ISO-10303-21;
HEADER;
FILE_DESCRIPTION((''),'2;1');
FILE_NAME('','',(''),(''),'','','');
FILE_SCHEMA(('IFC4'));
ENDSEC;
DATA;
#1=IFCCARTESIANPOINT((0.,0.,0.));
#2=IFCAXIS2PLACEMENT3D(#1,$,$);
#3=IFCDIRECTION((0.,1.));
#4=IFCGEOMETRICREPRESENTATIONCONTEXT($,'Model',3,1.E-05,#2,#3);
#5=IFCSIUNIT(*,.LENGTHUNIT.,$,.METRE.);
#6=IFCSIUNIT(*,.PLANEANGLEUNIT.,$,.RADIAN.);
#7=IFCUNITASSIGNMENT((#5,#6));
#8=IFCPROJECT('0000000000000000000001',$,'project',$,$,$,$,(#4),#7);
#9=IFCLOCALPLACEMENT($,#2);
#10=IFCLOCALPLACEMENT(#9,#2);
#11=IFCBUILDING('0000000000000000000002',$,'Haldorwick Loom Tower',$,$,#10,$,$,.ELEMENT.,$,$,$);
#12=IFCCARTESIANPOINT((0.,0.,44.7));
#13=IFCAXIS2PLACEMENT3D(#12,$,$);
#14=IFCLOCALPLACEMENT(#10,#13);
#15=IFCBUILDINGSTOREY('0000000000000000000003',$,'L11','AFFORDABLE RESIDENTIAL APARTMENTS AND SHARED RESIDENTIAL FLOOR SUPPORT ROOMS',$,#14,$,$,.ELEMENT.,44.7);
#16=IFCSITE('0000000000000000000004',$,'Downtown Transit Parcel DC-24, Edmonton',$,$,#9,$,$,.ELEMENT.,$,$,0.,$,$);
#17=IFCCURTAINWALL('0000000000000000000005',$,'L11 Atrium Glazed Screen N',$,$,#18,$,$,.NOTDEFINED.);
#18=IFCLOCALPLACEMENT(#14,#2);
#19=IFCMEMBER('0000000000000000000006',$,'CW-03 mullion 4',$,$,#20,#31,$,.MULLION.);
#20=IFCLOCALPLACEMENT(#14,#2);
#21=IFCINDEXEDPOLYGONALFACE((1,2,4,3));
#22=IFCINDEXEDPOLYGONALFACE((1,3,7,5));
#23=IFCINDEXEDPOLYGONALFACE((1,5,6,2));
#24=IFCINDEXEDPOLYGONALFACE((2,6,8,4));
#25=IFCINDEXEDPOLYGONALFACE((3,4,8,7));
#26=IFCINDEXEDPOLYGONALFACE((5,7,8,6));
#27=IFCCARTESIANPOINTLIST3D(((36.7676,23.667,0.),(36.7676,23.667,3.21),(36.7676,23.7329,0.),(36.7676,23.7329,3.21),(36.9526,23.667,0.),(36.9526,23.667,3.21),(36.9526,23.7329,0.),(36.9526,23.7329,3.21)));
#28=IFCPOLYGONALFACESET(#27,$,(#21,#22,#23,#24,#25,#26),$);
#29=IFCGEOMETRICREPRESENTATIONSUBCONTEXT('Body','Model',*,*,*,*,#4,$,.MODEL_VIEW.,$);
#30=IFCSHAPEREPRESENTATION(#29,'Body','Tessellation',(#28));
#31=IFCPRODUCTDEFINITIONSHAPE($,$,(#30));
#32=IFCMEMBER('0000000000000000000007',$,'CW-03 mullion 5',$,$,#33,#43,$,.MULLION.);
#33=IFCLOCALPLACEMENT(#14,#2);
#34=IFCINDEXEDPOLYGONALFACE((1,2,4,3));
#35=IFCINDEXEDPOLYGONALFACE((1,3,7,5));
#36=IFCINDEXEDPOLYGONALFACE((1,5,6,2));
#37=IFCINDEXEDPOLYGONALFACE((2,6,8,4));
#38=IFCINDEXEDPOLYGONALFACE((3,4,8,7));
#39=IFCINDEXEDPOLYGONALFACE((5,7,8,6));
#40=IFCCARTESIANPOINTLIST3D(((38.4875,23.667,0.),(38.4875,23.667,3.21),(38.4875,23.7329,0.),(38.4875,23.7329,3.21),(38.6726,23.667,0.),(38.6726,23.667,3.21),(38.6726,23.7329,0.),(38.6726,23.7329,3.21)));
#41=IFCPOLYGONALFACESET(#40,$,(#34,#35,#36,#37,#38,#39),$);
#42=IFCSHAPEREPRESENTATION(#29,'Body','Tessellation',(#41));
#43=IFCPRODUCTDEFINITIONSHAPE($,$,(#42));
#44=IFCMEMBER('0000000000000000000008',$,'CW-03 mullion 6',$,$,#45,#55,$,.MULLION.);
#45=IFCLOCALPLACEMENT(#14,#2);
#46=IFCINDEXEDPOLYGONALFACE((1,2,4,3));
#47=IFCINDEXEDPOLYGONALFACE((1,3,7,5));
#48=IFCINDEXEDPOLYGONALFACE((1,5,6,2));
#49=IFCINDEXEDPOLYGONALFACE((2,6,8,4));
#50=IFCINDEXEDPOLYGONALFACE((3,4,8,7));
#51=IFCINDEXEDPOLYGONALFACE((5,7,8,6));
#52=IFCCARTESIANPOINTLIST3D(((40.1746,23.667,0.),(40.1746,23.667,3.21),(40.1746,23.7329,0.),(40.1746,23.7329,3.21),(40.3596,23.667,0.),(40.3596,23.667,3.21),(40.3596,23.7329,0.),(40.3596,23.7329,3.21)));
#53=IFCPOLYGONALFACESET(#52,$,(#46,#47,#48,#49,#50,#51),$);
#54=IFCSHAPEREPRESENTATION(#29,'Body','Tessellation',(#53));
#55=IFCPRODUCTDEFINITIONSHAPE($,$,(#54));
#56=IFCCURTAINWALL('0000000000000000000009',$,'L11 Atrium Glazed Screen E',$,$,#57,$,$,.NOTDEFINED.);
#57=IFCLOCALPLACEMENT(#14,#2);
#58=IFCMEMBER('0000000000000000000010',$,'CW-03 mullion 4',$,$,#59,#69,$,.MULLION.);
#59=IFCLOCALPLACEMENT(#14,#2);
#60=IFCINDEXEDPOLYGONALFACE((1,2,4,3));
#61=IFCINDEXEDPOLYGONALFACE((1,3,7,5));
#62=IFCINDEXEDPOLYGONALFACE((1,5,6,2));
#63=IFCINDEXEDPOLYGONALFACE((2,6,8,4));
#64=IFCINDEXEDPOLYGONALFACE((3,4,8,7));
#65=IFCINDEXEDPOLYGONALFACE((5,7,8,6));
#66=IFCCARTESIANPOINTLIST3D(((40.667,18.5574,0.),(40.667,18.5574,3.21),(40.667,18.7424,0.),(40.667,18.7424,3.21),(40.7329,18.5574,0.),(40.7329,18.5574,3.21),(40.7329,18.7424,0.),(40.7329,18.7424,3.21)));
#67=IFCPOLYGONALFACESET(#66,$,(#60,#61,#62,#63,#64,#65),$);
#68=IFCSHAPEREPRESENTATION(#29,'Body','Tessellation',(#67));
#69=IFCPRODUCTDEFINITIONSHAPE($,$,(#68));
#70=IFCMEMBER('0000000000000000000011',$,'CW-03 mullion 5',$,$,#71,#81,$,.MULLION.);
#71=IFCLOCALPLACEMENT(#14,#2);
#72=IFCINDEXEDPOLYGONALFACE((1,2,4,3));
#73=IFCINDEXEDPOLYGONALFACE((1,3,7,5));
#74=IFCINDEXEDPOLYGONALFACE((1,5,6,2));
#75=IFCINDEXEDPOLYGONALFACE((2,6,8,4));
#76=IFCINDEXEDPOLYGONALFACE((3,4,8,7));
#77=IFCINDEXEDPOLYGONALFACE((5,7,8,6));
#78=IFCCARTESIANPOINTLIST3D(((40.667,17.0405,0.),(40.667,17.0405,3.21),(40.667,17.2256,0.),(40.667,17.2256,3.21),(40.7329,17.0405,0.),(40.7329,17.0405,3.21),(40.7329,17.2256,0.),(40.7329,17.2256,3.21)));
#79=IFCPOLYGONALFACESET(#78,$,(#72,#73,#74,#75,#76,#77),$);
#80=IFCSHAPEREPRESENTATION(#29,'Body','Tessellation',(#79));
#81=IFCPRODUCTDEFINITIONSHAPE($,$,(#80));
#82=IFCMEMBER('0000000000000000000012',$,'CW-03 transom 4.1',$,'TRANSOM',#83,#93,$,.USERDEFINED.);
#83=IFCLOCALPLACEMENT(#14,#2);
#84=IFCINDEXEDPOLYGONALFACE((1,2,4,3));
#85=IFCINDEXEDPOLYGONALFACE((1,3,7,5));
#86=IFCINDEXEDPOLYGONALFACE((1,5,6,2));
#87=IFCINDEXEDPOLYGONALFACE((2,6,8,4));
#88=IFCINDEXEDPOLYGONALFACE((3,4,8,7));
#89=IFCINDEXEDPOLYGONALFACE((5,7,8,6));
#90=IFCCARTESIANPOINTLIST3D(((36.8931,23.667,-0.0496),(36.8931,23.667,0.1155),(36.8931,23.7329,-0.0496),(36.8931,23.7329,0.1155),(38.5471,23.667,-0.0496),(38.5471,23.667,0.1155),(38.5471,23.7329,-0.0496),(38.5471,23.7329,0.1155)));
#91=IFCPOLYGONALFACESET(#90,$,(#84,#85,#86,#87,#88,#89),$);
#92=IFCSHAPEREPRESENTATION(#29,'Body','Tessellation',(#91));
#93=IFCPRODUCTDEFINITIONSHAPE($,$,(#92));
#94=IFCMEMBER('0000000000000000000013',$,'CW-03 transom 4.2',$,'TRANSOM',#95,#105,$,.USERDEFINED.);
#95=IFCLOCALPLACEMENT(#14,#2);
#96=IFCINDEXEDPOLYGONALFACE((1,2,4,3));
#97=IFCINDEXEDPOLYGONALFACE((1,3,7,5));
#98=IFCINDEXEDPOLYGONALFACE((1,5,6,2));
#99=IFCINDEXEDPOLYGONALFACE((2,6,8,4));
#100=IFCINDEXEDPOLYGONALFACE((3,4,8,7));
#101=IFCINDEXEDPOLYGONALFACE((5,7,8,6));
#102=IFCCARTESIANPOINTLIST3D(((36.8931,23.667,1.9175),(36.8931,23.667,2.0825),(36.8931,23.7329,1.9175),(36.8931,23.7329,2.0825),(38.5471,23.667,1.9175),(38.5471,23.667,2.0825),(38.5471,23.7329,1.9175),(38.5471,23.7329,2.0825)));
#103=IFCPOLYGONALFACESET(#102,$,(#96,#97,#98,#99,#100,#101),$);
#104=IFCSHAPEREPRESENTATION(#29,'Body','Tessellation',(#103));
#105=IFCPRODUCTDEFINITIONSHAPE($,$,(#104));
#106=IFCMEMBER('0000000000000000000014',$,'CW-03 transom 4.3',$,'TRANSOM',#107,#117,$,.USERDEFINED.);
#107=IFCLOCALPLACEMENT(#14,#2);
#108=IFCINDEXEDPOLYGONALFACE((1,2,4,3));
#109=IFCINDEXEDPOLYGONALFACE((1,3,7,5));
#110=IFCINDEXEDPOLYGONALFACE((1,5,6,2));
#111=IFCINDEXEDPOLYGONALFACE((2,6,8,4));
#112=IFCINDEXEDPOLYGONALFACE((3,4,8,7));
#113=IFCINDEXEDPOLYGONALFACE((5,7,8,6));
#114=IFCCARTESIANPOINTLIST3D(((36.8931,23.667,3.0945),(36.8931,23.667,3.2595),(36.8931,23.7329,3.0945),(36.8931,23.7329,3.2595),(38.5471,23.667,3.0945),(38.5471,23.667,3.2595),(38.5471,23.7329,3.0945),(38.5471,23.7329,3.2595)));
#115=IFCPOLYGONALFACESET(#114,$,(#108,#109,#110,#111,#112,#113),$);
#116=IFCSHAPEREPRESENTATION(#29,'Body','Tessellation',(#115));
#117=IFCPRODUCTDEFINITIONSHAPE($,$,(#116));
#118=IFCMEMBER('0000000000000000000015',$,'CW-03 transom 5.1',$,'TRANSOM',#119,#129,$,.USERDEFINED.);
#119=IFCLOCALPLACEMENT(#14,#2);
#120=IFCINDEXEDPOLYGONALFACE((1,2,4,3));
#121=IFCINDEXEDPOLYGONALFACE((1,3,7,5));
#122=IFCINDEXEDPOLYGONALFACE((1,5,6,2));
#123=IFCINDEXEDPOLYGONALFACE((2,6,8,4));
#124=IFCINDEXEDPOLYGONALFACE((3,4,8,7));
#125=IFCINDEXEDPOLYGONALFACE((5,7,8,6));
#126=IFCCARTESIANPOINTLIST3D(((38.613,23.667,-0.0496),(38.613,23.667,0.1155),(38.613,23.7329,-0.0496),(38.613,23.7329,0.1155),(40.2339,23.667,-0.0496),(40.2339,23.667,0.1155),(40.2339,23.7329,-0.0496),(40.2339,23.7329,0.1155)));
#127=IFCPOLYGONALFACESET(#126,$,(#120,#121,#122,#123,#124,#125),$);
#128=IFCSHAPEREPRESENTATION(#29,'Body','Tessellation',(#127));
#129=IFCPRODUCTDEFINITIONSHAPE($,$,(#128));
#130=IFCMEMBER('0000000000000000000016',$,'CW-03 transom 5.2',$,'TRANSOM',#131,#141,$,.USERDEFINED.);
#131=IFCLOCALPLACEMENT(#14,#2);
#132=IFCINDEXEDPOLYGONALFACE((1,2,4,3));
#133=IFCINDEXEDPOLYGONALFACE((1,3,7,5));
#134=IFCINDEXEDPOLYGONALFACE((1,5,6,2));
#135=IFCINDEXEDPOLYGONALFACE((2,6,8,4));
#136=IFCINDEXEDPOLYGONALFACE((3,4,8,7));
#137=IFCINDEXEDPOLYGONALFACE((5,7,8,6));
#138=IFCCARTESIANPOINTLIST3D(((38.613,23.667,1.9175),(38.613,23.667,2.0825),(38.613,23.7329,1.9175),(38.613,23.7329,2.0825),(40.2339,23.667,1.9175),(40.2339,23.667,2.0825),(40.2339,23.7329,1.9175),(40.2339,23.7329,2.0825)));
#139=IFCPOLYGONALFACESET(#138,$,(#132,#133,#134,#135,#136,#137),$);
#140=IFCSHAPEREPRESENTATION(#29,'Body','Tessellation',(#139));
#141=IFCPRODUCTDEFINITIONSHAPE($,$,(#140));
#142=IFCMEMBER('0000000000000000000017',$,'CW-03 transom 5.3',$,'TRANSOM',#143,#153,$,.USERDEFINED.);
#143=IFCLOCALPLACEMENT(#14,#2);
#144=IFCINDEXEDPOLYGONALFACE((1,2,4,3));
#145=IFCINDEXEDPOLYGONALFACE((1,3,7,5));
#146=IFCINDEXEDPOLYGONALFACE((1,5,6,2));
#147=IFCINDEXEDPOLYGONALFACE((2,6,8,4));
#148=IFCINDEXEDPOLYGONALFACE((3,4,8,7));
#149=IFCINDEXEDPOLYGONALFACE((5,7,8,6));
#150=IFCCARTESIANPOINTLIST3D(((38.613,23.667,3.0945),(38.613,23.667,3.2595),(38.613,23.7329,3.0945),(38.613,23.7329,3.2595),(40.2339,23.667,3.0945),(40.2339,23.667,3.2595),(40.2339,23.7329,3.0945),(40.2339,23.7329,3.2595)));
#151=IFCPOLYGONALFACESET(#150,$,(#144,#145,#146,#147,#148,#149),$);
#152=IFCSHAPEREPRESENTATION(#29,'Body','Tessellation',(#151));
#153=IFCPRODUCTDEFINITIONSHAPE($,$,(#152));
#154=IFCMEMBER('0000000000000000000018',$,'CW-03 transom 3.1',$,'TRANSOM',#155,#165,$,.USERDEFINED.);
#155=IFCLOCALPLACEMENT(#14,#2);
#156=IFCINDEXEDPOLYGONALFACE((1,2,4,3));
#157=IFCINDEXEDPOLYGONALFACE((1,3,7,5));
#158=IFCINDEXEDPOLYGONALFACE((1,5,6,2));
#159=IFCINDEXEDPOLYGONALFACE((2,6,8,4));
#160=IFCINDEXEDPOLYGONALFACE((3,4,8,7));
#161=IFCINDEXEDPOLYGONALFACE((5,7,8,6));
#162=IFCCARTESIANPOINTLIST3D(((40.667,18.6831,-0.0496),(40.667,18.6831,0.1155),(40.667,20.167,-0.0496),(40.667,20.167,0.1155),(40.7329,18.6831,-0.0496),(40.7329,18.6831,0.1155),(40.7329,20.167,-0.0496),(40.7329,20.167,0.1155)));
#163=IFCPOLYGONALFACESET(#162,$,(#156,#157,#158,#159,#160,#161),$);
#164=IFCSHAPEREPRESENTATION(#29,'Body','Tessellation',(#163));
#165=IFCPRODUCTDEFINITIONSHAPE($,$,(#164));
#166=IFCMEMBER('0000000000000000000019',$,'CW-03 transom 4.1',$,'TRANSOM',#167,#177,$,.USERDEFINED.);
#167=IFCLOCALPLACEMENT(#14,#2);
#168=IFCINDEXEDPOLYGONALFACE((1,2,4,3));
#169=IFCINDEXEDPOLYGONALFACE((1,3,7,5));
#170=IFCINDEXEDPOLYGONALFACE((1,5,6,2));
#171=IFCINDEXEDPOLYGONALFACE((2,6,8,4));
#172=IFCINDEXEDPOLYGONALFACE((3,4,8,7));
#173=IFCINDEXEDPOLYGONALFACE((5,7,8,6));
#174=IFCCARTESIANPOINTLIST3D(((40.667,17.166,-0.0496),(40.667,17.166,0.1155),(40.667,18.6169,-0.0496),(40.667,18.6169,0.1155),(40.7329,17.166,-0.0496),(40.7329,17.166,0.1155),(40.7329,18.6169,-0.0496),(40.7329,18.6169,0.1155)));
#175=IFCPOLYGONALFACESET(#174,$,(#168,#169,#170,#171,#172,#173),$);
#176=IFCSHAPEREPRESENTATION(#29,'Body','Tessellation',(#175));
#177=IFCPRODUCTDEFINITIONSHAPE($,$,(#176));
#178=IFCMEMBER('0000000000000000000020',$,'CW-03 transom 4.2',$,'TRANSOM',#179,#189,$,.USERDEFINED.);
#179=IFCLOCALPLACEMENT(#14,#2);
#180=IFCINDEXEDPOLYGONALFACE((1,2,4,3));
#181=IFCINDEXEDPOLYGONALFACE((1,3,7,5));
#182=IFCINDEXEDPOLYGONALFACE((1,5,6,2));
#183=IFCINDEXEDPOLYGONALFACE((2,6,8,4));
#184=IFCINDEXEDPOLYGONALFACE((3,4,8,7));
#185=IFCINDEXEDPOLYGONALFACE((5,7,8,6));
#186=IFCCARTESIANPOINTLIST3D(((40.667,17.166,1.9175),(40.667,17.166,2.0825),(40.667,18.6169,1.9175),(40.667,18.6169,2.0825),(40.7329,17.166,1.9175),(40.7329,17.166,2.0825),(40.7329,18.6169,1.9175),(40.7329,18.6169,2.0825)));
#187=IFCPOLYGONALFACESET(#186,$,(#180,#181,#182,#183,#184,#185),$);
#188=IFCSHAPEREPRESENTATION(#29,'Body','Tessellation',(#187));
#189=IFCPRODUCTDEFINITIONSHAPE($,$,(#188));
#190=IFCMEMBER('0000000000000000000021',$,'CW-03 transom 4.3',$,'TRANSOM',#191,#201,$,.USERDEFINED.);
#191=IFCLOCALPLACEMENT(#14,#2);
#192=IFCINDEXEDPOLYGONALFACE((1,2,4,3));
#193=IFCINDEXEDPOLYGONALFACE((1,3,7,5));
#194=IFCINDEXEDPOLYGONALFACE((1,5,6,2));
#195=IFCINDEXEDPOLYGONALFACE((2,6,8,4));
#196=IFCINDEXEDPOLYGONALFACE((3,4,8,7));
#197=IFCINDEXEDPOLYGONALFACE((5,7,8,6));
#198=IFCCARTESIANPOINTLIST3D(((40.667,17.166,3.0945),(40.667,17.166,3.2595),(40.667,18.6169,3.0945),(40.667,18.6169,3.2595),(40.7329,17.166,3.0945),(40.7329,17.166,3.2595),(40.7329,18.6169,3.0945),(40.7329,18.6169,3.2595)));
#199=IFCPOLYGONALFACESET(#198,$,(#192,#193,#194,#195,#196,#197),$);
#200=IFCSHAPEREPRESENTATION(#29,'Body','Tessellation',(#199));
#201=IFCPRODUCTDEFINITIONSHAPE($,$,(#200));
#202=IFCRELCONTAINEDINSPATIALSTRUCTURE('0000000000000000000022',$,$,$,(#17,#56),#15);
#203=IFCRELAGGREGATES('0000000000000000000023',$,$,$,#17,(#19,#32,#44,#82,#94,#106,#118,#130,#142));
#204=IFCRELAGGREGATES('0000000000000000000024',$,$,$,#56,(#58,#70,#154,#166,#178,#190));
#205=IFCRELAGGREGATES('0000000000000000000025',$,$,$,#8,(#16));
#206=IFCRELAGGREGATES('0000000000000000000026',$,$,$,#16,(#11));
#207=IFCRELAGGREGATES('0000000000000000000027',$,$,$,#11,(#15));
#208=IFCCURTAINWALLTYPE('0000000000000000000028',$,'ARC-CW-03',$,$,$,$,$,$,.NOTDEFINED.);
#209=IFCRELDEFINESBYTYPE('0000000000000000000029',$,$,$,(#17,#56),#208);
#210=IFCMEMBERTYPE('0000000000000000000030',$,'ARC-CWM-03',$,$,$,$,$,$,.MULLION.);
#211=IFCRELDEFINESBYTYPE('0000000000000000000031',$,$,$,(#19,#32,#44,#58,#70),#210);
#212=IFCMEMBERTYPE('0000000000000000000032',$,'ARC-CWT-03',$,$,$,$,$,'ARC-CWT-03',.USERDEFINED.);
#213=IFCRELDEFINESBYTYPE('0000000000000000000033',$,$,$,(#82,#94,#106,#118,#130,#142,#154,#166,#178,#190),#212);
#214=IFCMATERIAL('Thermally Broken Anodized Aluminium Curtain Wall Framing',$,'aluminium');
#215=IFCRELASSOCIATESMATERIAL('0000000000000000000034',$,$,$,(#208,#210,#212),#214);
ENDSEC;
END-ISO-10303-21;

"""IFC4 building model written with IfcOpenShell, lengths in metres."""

from ifc_helpers import new_model, si_unit, direction, frame, origin, origin_2d, place, context, subcontext, project, spatial, rectangle, extrude, material, material_profile, profile_set, type_object, element, aggregate, save


model = new_model("IFC4")

# Units and contexts
model_context = context("Model", 3, precision=1e-05, world=origin(), true_north=direction((0.0, 1.0)))
body_context = subcontext(model_context, "Body", "Model", "MODEL_VIEW")
ifc_project = project(units=[si_unit("LENGTHUNIT", "METRE"), si_unit("PLANEANGLEUNIT", "RADIAN")], contexts=[model_context])

# Site, building, storey
site_placement = place(None, origin())
site = spatial("IfcSite", under=ifc_project, at=site_placement, Name="Downtown Transit Parcel DC-24, Edmonton", CompositionType="ELEMENT", RefElevation=0.0)
building_placement = place(site_placement, origin())
building = spatial("IfcBuilding", under=site, at=building_placement, Name="Haldorwick Loom Tower", CompositionType="ELEMENT")
storey_placement = place(building_placement, frame((0.0, 0.0, 44.7)))
storey = spatial("IfcBuildingStorey", under=building, at=storey_placement, Name="L11", Description="AFFORDABLE RESIDENTIAL APARTMENTS AND SHARED RESIDENTIAL FLOOR SUPPORT ROOMS", CompositionType="ELEMENT", Elevation=44.7)

# Curtain walls, members
ifc_material_1 = material(Name="Thermally Broken Anodized Aluminium Curtain Wall Framing", Category="aluminium")
curtain_wall_type = type_object("IfcCurtainWallType", Name="ARC-CW-03", PredefinedType="NOTDEFINED", material=ifc_material_1)
curtain_wall_1_placement = place(storey_placement, origin())
curtain_wall_1 = element("IfcCurtainWall", 1, at=curtain_wall_1_placement, inside=storey, type_object=curtain_wall_type, Name="L11 Atrium Glazed Screen N", PredefinedType="NOTDEFINED")
ifc_material_profile_1 = material_profile(ifc_material_1, rectangle(XDim=0.0659, YDim=0.1851, at=origin_2d()), Name="ALU_MUL_66X185", Category="aluminium")
ifc_profile_set_1 = profile_set([ifc_material_profile_1], Name="Thermally Broken Anodized Aluminium Curtain Wall Framing")
member_type_1 = type_object("IfcMemberType", Name="ARC-CWM-03", PredefinedType="MULLION", material=ifc_profile_set_1)
member_1_placement = place(storey_placement, frame((36.8601, 23.7, 0.0), z_axis=(0.0, 0.0, 1.0), x_axis=(0.0, 1.0, 0.0)))
member_1 = element("IfcMember", 2, at=member_1_placement, type_object=member_type_1, Name="CW-03 mullion 4", PredefinedType="MULLION", context=body_context, shape_type="SweptSolid", body=[
    extrude(rectangle(XDim=0.0659, YDim=0.1851, at=origin_2d()), origin(), (0.0, 0.0, 1.0), 3.21),
])
member_2_placement = place(storey_placement, frame((38.5801, 23.7, 0.0), z_axis=(0.0, 0.0, 1.0), x_axis=(0.0, 1.0, 0.0)))
member_2 = element("IfcMember", 3, at=member_2_placement, type_object=member_type_1, Name="CW-03 mullion 5", PredefinedType="MULLION", context=body_context, shape_type="SweptSolid", body=[
    extrude(rectangle(XDim=0.0659, YDim=0.1851, at=origin_2d()), origin(), (0.0, 0.0, 1.0), 3.21),
])
member_3_placement = place(storey_placement, frame((40.2671, 23.7, 0.0), z_axis=(0.0, 0.0, 1.0), x_axis=(0.0, 1.0, 0.0)))
member_3 = element("IfcMember", 4, at=member_3_placement, type_object=member_type_1, Name="CW-03 mullion 6", PredefinedType="MULLION", context=body_context, shape_type="SweptSolid", body=[
    extrude(rectangle(XDim=0.0659, YDim=0.1851, at=origin_2d()), origin(), (0.0, 0.0, 1.0), 3.21),
])
curtain_wall_2_placement = place(storey_placement, origin())
curtain_wall_2 = element("IfcCurtainWall", 5, at=curtain_wall_2_placement, inside=storey, type_object=curtain_wall_type, Name="L11 Atrium Glazed Screen E", PredefinedType="NOTDEFINED")
member_4_placement = place(storey_placement, frame((40.7, 18.6499, 0.0), z_axis=(0.0, 0.0, 1.0), x_axis=(1.0, 0.0, 0.0)))
member_4 = element("IfcMember", 6, at=member_4_placement, type_object=member_type_1, Name="CW-03 mullion 4", PredefinedType="MULLION", context=body_context, shape_type="SweptSolid", body=[
    extrude(rectangle(XDim=0.0659, YDim=0.1851, at=origin_2d()), origin(), (0.0, 0.0, 1.0), 3.21),
])
member_5_placement = place(storey_placement, frame((40.7, 17.1331, 0.0), z_axis=(0.0, 0.0, 1.0), x_axis=(1.0, 0.0, 0.0)))
member_5 = element("IfcMember", 7, at=member_5_placement, type_object=member_type_1, Name="CW-03 mullion 5", PredefinedType="MULLION", context=body_context, shape_type="SweptSolid", body=[
    extrude(rectangle(XDim=0.0659, YDim=0.1851, at=origin_2d()), origin(), (0.0, 0.0, 1.0), 3.21),
])

# Members
ifc_material_profile_2 = material_profile(ifc_material_1, rectangle(XDim=0.0659, YDim=0.165, at=origin_2d()), Name="ALU_TRN_66X165", Category="aluminium")
ifc_profile_set_2 = profile_set([ifc_material_profile_2], Name="Thermally Broken Anodized Aluminium Curtain Wall Framing")
member_type_2 = type_object("IfcMemberType", Name="ARC-CWT-03", ElementType="ARC-CWT-03", PredefinedType="USERDEFINED", material=ifc_profile_set_2)
member_6_placement = place(storey_placement, frame((36.8931, 23.7, 0.033), z_axis=(1.0, 0.0, 0.0), x_axis=(0.0, 1.0, 0.0)))
member_6 = element("IfcMember", 8, at=member_6_placement, type_object=member_type_2, Name="CW-03 transom 4.1", ObjectType="TRANSOM", PredefinedType="USERDEFINED", context=body_context, shape_type="SweptSolid", body=[
    extrude(rectangle(XDim=0.0659, YDim=0.165, at=origin_2d()), origin(), (0.0, 0.0, 1.0), 1.6541),
])
member_7_placement = place(storey_placement, frame((36.8931, 23.7, 2.0), z_axis=(1.0, 0.0, 0.0), x_axis=(0.0, 1.0, 0.0)))
member_7 = element("IfcMember", 9, at=member_7_placement, type_object=member_type_2, Name="CW-03 transom 4.2", ObjectType="TRANSOM", PredefinedType="USERDEFINED", context=body_context, shape_type="SweptSolid", body=[
    extrude(rectangle(XDim=0.0659, YDim=0.165, at=origin_2d()), origin(), (0.0, 0.0, 1.0), 1.6541),
])
member_8_placement = place(storey_placement, frame((36.8931, 23.7, 3.177), z_axis=(1.0, 0.0, 0.0), x_axis=(0.0, 1.0, 0.0)))
member_8 = element("IfcMember", 10, at=member_8_placement, type_object=member_type_2, Name="CW-03 transom 4.3", ObjectType="TRANSOM", PredefinedType="USERDEFINED", context=body_context, shape_type="SweptSolid", body=[
    extrude(rectangle(XDim=0.0659, YDim=0.165, at=origin_2d()), origin(), (0.0, 0.0, 1.0), 1.6541),
])
member_9_placement = place(storey_placement, frame((38.613, 23.7, 0.033), z_axis=(1.0, 0.0, 0.0), x_axis=(0.0, 1.0, 0.0)))
member_9 = element("IfcMember", 11, at=member_9_placement, type_object=member_type_2, Name="CW-03 transom 5.1", ObjectType="TRANSOM", PredefinedType="USERDEFINED", context=body_context, shape_type="SweptSolid", body=[
    extrude(rectangle(XDim=0.0659, YDim=0.165, at=origin_2d()), origin(), (0.0, 0.0, 1.0), 1.6208),
])
member_10_placement = place(storey_placement, frame((38.613, 23.7, 2.0), z_axis=(1.0, 0.0, 0.0), x_axis=(0.0, 1.0, 0.0)))
member_10 = element("IfcMember", 12, at=member_10_placement, type_object=member_type_2, Name="CW-03 transom 5.2", ObjectType="TRANSOM", PredefinedType="USERDEFINED", context=body_context, shape_type="SweptSolid", body=[
    extrude(rectangle(XDim=0.0659, YDim=0.165, at=origin_2d()), origin(), (0.0, 0.0, 1.0), 1.6208),
])
member_11_placement = place(storey_placement, frame((38.613, 23.7, 3.177), z_axis=(1.0, 0.0, 0.0), x_axis=(0.0, 1.0, 0.0)))
member_11 = element("IfcMember", 13, at=member_11_placement, type_object=member_type_2, Name="CW-03 transom 5.3", ObjectType="TRANSOM", PredefinedType="USERDEFINED", context=body_context, shape_type="SweptSolid", body=[
    extrude(rectangle(XDim=0.0659, YDim=0.165, at=origin_2d()), origin(), (0.0, 0.0, 1.0), 1.6208),
])
member_12_placement = place(storey_placement, frame((40.7, 20.167, 0.033), z_axis=(0.0, -1.0, 0.0), x_axis=(1.0, 0.0, 0.0)))
member_12 = element("IfcMember", 14, at=member_12_placement, type_object=member_type_2, Name="CW-03 transom 3.1", ObjectType="TRANSOM", PredefinedType="USERDEFINED", context=body_context, shape_type="SweptSolid", body=[
    extrude(rectangle(XDim=0.0659, YDim=0.165, at=origin_2d()), origin(), (0.0, 0.0, 1.0), 1.4839),
])
member_13_placement = place(storey_placement, frame((40.7, 18.6169, 0.033), z_axis=(0.0, -1.0, 0.0), x_axis=(1.0, 0.0, 0.0)))
member_13 = element("IfcMember", 15, at=member_13_placement, type_object=member_type_2, Name="CW-03 transom 4.1", ObjectType="TRANSOM", PredefinedType="USERDEFINED", context=body_context, shape_type="SweptSolid", body=[
    extrude(rectangle(XDim=0.0659, YDim=0.165, at=origin_2d()), origin(), (0.0, 0.0, 1.0), 1.4509),
])
member_14_placement = place(storey_placement, frame((40.7, 18.6169, 2.0), z_axis=(0.0, -1.0, 0.0), x_axis=(1.0, 0.0, 0.0)))
member_14 = element("IfcMember", 16, at=member_14_placement, type_object=member_type_2, Name="CW-03 transom 4.2", ObjectType="TRANSOM", PredefinedType="USERDEFINED", context=body_context, shape_type="SweptSolid", body=[
    extrude(rectangle(XDim=0.0659, YDim=0.165, at=origin_2d()), origin(), (0.0, 0.0, 1.0), 1.4509),
])
member_15_placement = place(storey_placement, frame((40.7, 18.6169, 3.177), z_axis=(0.0, -1.0, 0.0), x_axis=(1.0, 0.0, 0.0)))
member_15 = element("IfcMember", 17, at=member_15_placement, type_object=member_type_2, Name="CW-03 transom 4.3", ObjectType="TRANSOM", PredefinedType="USERDEFINED", context=body_context, shape_type="SweptSolid", body=[
    extrude(rectangle(XDim=0.0659, YDim=0.165, at=origin_2d()), origin(), (0.0, 0.0, 1.0), 1.4509),
])

aggregate(curtain_wall_1, [member_1, member_2, member_3, member_6, member_7, member_8, member_9, member_10, member_11])
aggregate(curtain_wall_2, [member_4, member_5, member_12, member_13, member_14, member_15])

save(model, "model.ifc")
